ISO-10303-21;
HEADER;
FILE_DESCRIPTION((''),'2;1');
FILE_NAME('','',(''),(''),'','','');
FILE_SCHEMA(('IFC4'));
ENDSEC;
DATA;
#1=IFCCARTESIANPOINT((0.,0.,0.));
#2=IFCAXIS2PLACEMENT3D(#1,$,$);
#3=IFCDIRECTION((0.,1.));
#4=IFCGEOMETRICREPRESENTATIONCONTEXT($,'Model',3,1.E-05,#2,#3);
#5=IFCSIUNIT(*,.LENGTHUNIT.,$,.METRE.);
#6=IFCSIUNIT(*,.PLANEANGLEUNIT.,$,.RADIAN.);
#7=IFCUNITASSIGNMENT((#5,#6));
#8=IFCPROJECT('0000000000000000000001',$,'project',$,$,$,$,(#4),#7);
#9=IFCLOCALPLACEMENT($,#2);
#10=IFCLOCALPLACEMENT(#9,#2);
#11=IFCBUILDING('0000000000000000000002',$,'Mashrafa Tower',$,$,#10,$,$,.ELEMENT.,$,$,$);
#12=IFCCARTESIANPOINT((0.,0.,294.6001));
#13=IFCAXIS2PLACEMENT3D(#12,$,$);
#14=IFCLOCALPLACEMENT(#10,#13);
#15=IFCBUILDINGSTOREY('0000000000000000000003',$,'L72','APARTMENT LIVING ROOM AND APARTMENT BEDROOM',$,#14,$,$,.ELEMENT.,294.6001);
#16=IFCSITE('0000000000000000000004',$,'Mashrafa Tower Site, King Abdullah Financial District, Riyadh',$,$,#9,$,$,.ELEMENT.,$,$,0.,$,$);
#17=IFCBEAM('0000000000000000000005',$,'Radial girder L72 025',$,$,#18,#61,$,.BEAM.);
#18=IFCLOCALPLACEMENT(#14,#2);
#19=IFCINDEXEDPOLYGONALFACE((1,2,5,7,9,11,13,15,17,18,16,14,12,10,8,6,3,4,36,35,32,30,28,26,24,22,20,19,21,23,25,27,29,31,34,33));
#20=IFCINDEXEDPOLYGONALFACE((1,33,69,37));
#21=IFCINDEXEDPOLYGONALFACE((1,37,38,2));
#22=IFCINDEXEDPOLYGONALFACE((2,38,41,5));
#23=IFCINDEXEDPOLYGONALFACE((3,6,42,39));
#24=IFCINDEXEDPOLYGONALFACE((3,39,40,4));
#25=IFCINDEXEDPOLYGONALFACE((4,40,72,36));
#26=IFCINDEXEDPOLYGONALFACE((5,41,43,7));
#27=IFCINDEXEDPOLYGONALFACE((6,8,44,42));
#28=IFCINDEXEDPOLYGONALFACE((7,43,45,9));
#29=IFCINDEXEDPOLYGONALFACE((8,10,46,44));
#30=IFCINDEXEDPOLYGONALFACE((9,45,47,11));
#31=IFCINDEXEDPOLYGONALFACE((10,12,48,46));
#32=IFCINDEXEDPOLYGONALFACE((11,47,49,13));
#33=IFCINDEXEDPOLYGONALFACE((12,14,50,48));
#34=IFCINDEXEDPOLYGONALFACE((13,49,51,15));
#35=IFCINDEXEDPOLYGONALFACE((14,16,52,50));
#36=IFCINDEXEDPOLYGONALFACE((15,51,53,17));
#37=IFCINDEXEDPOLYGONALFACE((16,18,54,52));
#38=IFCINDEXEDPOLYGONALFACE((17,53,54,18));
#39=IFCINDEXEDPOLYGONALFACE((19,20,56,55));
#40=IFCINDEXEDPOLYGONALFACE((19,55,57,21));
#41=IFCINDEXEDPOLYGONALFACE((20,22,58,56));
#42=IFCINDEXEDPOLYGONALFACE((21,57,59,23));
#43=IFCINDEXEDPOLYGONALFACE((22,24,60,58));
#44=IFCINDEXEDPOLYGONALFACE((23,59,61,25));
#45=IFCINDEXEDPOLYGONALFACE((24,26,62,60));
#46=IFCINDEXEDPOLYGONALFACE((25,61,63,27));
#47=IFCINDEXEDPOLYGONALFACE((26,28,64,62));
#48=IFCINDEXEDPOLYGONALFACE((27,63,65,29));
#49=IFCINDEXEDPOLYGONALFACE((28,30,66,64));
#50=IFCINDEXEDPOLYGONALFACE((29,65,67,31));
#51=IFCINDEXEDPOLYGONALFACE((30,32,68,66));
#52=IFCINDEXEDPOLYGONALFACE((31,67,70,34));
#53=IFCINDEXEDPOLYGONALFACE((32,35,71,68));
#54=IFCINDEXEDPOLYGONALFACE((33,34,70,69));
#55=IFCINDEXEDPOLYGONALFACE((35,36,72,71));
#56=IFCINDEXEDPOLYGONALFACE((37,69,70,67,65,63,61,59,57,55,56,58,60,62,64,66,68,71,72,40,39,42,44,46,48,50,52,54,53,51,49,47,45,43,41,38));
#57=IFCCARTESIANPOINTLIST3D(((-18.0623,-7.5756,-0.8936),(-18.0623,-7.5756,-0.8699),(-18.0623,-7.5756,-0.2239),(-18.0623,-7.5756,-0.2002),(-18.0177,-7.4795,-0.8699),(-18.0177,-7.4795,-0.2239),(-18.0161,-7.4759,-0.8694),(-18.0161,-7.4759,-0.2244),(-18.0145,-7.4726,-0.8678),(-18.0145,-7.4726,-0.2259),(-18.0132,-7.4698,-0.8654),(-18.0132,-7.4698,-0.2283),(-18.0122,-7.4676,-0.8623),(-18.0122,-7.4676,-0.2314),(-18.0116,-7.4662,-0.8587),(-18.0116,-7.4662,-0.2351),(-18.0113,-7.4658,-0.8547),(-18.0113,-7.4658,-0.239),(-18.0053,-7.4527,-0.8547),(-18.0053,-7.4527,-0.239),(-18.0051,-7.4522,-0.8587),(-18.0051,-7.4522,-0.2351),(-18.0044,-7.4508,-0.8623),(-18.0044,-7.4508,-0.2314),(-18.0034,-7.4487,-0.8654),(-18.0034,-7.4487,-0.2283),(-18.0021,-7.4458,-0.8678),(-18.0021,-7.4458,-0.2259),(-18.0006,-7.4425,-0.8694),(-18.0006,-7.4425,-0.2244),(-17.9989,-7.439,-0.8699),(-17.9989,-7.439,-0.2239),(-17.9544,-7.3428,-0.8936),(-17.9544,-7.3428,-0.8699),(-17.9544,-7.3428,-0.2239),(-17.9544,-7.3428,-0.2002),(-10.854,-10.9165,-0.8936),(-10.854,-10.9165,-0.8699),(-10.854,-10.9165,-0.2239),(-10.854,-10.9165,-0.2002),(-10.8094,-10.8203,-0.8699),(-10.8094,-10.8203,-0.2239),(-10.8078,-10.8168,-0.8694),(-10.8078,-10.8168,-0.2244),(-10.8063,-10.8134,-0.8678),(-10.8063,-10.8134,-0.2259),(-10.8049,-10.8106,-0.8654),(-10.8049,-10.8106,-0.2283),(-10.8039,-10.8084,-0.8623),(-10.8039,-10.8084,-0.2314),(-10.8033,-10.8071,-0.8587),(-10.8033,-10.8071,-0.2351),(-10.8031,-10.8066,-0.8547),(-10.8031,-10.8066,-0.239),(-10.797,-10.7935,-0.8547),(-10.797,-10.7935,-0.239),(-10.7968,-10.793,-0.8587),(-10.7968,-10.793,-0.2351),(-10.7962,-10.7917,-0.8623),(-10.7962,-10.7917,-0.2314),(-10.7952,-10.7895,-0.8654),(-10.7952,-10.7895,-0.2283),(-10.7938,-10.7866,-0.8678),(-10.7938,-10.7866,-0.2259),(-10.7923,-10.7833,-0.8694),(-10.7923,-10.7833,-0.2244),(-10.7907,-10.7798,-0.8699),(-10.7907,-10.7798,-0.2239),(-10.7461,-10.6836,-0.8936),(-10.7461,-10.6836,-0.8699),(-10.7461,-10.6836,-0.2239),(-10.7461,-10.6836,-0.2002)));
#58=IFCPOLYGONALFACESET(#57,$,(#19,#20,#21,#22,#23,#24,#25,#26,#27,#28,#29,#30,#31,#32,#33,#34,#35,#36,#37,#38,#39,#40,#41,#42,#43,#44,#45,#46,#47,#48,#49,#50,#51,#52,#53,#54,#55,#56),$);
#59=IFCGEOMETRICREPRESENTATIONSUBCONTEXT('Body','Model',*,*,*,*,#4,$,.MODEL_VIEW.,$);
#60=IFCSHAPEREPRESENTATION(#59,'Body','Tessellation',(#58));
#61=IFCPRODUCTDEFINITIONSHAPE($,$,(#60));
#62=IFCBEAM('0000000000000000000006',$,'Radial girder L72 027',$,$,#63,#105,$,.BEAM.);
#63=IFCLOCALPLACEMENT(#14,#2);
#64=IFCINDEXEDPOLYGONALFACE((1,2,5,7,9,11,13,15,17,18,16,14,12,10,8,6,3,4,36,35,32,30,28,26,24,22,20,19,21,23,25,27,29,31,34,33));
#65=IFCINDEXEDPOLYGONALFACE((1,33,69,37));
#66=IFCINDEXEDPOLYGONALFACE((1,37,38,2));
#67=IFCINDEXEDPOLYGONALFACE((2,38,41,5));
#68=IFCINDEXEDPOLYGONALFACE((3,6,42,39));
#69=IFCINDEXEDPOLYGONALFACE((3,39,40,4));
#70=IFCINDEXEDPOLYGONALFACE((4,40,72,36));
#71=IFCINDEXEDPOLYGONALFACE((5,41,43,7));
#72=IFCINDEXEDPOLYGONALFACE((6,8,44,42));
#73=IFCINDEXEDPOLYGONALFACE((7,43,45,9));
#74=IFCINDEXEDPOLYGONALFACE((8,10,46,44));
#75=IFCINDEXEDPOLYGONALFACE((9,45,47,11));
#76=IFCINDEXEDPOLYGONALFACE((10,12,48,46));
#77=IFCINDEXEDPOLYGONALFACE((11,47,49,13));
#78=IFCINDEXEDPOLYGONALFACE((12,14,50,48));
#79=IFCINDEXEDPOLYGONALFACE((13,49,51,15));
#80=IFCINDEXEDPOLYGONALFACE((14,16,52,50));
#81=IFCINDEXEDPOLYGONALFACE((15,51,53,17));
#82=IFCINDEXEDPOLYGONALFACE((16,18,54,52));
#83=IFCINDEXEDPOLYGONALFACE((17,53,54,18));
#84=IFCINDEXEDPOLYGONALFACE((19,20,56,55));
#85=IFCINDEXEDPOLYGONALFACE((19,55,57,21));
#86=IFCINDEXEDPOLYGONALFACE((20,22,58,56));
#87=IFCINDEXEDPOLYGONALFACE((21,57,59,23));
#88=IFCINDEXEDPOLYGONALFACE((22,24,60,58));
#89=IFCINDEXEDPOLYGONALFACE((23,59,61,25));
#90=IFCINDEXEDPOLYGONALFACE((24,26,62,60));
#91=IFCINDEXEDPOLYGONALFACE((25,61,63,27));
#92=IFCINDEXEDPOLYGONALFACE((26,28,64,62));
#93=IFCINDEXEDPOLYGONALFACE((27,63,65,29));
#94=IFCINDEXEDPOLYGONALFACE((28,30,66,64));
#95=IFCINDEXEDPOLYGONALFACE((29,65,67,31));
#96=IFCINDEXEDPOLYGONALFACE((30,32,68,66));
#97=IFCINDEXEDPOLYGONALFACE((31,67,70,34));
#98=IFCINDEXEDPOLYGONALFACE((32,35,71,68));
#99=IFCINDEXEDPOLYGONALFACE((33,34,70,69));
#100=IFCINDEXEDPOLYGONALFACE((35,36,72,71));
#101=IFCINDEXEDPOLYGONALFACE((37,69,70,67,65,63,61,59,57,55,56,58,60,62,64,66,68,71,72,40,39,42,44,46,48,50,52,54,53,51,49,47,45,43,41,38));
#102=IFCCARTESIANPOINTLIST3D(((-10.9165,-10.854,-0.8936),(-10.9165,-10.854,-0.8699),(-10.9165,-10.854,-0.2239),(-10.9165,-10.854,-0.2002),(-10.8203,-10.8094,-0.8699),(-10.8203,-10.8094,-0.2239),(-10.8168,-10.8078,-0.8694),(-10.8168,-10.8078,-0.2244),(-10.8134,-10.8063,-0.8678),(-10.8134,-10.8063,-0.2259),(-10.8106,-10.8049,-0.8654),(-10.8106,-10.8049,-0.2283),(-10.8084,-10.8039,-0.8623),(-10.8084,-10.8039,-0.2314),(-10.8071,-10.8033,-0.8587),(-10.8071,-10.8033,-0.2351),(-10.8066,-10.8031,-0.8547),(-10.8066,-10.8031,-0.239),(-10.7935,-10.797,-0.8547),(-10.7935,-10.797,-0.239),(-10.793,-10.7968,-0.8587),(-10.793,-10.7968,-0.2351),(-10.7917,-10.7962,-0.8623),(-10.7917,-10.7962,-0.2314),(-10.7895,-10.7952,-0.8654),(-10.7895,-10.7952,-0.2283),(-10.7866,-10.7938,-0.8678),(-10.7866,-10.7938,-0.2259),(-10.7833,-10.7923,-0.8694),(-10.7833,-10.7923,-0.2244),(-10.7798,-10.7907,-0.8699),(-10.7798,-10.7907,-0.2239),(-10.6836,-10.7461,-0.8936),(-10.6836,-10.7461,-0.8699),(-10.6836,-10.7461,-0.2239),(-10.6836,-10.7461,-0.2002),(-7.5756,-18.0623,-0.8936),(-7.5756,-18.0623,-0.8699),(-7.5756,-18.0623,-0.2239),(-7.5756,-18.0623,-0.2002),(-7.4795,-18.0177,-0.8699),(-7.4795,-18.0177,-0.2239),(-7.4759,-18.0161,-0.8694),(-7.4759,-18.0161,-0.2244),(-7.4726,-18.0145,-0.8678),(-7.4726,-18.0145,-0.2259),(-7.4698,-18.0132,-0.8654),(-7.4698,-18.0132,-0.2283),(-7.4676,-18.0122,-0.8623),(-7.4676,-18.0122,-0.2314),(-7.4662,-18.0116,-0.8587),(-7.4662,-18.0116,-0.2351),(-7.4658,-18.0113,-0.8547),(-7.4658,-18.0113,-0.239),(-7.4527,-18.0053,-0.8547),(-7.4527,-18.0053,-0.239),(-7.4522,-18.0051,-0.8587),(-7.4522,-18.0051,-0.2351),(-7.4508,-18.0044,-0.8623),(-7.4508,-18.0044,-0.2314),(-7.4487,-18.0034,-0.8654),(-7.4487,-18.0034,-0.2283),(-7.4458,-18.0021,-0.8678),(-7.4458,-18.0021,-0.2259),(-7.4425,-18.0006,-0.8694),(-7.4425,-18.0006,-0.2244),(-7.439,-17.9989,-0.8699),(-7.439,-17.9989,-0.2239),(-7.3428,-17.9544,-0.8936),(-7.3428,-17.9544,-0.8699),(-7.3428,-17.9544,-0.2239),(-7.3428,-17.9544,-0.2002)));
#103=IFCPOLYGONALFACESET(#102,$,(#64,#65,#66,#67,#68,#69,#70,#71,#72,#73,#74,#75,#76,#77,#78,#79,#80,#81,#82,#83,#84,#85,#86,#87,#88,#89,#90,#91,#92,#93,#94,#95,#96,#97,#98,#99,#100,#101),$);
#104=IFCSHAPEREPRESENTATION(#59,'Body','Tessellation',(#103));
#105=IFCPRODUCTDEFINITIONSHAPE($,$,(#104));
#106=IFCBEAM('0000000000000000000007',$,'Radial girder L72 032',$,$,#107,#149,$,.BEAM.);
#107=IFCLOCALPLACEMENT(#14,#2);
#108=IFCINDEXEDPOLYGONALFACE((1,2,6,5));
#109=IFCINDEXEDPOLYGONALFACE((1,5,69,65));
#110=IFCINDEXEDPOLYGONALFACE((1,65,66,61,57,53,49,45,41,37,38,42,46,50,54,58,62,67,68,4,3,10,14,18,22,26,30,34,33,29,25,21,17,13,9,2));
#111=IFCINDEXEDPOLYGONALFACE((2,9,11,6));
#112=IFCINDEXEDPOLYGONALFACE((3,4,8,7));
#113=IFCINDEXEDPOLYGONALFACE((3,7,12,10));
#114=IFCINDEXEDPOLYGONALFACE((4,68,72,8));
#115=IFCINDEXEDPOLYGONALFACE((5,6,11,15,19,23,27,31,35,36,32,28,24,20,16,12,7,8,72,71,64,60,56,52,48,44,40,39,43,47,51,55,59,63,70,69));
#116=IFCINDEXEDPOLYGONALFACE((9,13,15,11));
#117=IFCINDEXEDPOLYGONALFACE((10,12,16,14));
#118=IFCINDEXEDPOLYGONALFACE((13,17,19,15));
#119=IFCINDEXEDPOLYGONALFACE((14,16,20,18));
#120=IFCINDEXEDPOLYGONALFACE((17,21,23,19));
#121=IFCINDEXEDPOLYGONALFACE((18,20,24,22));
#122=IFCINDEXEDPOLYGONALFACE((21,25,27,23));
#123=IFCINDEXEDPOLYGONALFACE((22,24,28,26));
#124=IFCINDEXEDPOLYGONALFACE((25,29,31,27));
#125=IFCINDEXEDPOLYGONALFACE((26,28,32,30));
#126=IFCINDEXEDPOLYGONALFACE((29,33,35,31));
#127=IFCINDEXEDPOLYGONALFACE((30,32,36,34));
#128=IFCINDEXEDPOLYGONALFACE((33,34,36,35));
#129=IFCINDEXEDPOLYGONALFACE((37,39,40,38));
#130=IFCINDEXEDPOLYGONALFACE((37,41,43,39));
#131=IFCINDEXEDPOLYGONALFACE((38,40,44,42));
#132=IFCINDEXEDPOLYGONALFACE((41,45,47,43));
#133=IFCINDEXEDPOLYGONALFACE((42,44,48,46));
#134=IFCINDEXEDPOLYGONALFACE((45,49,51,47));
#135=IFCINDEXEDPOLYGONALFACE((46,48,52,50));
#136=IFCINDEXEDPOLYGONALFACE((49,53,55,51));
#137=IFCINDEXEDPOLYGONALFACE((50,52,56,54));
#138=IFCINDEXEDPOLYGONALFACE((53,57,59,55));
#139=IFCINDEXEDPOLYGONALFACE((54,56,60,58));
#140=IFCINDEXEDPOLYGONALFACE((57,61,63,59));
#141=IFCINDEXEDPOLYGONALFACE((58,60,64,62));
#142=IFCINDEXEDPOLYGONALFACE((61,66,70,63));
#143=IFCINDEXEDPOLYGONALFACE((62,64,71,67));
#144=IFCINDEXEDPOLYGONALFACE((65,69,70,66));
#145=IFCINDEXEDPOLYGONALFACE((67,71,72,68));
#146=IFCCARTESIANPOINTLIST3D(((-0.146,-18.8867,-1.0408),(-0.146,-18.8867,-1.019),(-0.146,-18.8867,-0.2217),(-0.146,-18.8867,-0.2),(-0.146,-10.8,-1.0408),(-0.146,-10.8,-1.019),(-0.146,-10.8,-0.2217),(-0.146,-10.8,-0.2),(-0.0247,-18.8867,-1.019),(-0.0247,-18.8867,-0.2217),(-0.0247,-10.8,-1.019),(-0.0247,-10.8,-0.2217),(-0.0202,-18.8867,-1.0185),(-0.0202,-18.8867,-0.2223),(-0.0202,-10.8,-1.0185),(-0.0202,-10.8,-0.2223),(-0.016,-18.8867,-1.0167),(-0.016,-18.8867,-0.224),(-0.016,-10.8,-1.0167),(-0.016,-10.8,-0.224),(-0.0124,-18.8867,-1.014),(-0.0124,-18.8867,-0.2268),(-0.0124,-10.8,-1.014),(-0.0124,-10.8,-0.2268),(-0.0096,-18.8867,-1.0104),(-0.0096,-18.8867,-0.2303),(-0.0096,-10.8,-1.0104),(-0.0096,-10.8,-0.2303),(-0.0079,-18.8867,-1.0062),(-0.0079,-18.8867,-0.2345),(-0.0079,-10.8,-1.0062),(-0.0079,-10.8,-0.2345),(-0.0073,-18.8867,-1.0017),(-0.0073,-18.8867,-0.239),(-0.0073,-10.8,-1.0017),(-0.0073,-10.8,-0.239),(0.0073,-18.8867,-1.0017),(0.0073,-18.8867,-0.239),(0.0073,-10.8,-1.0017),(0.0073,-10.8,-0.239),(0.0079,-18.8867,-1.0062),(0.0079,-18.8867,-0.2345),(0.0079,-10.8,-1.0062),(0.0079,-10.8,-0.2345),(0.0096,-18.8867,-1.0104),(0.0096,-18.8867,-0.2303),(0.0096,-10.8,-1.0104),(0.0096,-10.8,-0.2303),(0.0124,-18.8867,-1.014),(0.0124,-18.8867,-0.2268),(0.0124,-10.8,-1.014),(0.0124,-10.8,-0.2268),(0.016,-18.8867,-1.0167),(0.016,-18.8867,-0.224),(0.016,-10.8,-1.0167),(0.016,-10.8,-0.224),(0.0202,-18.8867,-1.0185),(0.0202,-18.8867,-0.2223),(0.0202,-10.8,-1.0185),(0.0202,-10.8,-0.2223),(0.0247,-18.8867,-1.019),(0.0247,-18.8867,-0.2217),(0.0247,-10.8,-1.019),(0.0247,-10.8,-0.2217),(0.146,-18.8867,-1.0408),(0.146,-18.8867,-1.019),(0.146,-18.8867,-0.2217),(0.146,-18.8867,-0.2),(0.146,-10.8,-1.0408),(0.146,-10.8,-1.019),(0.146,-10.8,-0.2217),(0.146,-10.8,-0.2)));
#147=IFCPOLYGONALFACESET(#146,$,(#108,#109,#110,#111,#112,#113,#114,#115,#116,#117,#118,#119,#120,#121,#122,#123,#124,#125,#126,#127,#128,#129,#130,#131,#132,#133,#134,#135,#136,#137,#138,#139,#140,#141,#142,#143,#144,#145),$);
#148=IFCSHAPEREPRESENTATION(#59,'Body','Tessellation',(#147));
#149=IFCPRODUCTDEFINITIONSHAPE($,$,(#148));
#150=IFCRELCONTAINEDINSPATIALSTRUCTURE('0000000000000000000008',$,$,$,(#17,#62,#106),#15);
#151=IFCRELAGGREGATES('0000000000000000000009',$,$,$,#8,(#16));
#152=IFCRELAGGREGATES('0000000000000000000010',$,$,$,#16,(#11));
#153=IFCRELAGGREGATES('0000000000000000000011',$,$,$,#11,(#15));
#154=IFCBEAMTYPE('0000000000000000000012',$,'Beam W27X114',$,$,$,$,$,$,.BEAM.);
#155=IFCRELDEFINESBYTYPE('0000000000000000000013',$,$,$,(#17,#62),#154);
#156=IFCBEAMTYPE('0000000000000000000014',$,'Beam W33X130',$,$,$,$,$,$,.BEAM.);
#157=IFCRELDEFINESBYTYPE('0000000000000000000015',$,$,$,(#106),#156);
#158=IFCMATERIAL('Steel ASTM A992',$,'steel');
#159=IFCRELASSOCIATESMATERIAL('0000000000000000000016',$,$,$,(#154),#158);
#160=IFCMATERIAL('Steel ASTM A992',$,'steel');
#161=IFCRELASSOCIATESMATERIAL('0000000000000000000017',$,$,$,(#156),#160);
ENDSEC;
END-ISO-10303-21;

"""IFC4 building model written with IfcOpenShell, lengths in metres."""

from ifc_helpers import new_model, si_unit, direction, frame, origin, origin_2d, place, context, subcontext, project, spatial, i_section, extrude, material, material_profile, profile_set, type_object, element, save


model = new_model("IFC4")

# Units and contexts
model_context = context("Model", 3, precision=1e-05, world=origin(), true_north=direction((0.0, 1.0)))
body_context = subcontext(model_context, "Body", "Model", "MODEL_VIEW")
ifc_project = project(units=[si_unit("LENGTHUNIT", "METRE"), si_unit("PLANEANGLEUNIT", "RADIAN")], contexts=[model_context])

# Site, building, storey
site_placement = place(None, origin())
site = spatial("IfcSite", under=ifc_project, at=site_placement, Name="Mashrafa Tower Site, King Abdullah Financial District, Riyadh", CompositionType="ELEMENT", RefElevation=0.0)
building_placement = place(site_placement, origin())
building = spatial("IfcBuilding", under=site, at=building_placement, Name="Mashrafa Tower", CompositionType="ELEMENT")
storey_placement = place(building_placement, frame((0.0, 0.0, 294.6001)))
storey = spatial("IfcBuildingStorey", under=building, at=storey_placement, Name="L72", Description="APARTMENT LIVING ROOM AND APARTMENT BEDROOM", CompositionType="ELEMENT", Elevation=294.6001)

# Beams
ifc_material_1 = material(Name="Steel ASTM A992", Category="steel")
ifc_material_profile_1 = material_profile(ifc_material_1, i_section(OverallWidth=0.2566, OverallDepth=0.6934, WebThickness=0.0144, FlangeThickness=0.0237, FilletRadius=0.0151, at=origin_2d()), Name="W27X114")
ifc_profile_set_1 = profile_set([ifc_material_profile_1], Name="Steel ASTM A992")
beam_type_1 = type_object("IfcBeamType", Name="Beam W27X114", PredefinedType="BEAM", material=ifc_profile_set_1)
for number, where, z_axis, x_axis, name in (
    (1, (-10.8, -10.8, -0.5469), (-0.907291, 0.420504, 0.0), (-0.420504, -0.907291, 0.0), "Radial girder L72 025"),
    (2, (-10.8, -10.8, -0.5469), (0.420504, -0.907291, 0.0), (0.907291, 0.420504, 0.0), "Radial girder L72 027"),
):
    element("IfcBeam", number, at=place(storey_placement, frame(where, z_axis=z_axis, x_axis=x_axis)), inside=storey, type_object=beam_type_1, Name=name, PredefinedType="BEAM", context=body_context, shape_type="SweptSolid", body=[
        extrude(i_section(OverallWidth=0.2566, OverallDepth=0.6934, WebThickness=0.0144, FlangeThickness=0.0237, FilletRadius=0.0151, at=origin_2d()), origin(), (0.0, 0.0, 1.0), 7.9448),
    ])
ifc_material_2 = material(Name="Steel ASTM A992", Category="steel")
ifc_material_profile_2 = material_profile(ifc_material_2, i_section(OverallWidth=0.292, OverallDepth=0.8408, WebThickness=0.0146, FlangeThickness=0.0217, FilletRadius=0.0173, at=origin_2d()), Name="W33X130")
ifc_profile_set_2 = profile_set([ifc_material_profile_2], Name="Steel ASTM A992")
beam_type_2 = type_object("IfcBeamType", Name="Beam W33X130", PredefinedType="BEAM", material=ifc_profile_set_2)
beam_1_placement = place(storey_placement, frame((0.0, -10.8, -0.6204), z_axis=(0.0, -1.0, 0.0), x_axis=(1.0, 0.0, 0.0)))
element("IfcBeam", 3, at=beam_1_placement, inside=storey, type_object=beam_type_2, Name="Radial girder L72 032", PredefinedType="BEAM", context=body_context, shape_type="SweptSolid", body=[
    extrude(i_section(OverallWidth=0.292, OverallDepth=0.8408, WebThickness=0.0146, FlangeThickness=0.0217, FilletRadius=0.0173, at=origin_2d()), origin(), (0.0, 0.0, 1.0), 8.0867),
])

save(model, "model.ifc")
